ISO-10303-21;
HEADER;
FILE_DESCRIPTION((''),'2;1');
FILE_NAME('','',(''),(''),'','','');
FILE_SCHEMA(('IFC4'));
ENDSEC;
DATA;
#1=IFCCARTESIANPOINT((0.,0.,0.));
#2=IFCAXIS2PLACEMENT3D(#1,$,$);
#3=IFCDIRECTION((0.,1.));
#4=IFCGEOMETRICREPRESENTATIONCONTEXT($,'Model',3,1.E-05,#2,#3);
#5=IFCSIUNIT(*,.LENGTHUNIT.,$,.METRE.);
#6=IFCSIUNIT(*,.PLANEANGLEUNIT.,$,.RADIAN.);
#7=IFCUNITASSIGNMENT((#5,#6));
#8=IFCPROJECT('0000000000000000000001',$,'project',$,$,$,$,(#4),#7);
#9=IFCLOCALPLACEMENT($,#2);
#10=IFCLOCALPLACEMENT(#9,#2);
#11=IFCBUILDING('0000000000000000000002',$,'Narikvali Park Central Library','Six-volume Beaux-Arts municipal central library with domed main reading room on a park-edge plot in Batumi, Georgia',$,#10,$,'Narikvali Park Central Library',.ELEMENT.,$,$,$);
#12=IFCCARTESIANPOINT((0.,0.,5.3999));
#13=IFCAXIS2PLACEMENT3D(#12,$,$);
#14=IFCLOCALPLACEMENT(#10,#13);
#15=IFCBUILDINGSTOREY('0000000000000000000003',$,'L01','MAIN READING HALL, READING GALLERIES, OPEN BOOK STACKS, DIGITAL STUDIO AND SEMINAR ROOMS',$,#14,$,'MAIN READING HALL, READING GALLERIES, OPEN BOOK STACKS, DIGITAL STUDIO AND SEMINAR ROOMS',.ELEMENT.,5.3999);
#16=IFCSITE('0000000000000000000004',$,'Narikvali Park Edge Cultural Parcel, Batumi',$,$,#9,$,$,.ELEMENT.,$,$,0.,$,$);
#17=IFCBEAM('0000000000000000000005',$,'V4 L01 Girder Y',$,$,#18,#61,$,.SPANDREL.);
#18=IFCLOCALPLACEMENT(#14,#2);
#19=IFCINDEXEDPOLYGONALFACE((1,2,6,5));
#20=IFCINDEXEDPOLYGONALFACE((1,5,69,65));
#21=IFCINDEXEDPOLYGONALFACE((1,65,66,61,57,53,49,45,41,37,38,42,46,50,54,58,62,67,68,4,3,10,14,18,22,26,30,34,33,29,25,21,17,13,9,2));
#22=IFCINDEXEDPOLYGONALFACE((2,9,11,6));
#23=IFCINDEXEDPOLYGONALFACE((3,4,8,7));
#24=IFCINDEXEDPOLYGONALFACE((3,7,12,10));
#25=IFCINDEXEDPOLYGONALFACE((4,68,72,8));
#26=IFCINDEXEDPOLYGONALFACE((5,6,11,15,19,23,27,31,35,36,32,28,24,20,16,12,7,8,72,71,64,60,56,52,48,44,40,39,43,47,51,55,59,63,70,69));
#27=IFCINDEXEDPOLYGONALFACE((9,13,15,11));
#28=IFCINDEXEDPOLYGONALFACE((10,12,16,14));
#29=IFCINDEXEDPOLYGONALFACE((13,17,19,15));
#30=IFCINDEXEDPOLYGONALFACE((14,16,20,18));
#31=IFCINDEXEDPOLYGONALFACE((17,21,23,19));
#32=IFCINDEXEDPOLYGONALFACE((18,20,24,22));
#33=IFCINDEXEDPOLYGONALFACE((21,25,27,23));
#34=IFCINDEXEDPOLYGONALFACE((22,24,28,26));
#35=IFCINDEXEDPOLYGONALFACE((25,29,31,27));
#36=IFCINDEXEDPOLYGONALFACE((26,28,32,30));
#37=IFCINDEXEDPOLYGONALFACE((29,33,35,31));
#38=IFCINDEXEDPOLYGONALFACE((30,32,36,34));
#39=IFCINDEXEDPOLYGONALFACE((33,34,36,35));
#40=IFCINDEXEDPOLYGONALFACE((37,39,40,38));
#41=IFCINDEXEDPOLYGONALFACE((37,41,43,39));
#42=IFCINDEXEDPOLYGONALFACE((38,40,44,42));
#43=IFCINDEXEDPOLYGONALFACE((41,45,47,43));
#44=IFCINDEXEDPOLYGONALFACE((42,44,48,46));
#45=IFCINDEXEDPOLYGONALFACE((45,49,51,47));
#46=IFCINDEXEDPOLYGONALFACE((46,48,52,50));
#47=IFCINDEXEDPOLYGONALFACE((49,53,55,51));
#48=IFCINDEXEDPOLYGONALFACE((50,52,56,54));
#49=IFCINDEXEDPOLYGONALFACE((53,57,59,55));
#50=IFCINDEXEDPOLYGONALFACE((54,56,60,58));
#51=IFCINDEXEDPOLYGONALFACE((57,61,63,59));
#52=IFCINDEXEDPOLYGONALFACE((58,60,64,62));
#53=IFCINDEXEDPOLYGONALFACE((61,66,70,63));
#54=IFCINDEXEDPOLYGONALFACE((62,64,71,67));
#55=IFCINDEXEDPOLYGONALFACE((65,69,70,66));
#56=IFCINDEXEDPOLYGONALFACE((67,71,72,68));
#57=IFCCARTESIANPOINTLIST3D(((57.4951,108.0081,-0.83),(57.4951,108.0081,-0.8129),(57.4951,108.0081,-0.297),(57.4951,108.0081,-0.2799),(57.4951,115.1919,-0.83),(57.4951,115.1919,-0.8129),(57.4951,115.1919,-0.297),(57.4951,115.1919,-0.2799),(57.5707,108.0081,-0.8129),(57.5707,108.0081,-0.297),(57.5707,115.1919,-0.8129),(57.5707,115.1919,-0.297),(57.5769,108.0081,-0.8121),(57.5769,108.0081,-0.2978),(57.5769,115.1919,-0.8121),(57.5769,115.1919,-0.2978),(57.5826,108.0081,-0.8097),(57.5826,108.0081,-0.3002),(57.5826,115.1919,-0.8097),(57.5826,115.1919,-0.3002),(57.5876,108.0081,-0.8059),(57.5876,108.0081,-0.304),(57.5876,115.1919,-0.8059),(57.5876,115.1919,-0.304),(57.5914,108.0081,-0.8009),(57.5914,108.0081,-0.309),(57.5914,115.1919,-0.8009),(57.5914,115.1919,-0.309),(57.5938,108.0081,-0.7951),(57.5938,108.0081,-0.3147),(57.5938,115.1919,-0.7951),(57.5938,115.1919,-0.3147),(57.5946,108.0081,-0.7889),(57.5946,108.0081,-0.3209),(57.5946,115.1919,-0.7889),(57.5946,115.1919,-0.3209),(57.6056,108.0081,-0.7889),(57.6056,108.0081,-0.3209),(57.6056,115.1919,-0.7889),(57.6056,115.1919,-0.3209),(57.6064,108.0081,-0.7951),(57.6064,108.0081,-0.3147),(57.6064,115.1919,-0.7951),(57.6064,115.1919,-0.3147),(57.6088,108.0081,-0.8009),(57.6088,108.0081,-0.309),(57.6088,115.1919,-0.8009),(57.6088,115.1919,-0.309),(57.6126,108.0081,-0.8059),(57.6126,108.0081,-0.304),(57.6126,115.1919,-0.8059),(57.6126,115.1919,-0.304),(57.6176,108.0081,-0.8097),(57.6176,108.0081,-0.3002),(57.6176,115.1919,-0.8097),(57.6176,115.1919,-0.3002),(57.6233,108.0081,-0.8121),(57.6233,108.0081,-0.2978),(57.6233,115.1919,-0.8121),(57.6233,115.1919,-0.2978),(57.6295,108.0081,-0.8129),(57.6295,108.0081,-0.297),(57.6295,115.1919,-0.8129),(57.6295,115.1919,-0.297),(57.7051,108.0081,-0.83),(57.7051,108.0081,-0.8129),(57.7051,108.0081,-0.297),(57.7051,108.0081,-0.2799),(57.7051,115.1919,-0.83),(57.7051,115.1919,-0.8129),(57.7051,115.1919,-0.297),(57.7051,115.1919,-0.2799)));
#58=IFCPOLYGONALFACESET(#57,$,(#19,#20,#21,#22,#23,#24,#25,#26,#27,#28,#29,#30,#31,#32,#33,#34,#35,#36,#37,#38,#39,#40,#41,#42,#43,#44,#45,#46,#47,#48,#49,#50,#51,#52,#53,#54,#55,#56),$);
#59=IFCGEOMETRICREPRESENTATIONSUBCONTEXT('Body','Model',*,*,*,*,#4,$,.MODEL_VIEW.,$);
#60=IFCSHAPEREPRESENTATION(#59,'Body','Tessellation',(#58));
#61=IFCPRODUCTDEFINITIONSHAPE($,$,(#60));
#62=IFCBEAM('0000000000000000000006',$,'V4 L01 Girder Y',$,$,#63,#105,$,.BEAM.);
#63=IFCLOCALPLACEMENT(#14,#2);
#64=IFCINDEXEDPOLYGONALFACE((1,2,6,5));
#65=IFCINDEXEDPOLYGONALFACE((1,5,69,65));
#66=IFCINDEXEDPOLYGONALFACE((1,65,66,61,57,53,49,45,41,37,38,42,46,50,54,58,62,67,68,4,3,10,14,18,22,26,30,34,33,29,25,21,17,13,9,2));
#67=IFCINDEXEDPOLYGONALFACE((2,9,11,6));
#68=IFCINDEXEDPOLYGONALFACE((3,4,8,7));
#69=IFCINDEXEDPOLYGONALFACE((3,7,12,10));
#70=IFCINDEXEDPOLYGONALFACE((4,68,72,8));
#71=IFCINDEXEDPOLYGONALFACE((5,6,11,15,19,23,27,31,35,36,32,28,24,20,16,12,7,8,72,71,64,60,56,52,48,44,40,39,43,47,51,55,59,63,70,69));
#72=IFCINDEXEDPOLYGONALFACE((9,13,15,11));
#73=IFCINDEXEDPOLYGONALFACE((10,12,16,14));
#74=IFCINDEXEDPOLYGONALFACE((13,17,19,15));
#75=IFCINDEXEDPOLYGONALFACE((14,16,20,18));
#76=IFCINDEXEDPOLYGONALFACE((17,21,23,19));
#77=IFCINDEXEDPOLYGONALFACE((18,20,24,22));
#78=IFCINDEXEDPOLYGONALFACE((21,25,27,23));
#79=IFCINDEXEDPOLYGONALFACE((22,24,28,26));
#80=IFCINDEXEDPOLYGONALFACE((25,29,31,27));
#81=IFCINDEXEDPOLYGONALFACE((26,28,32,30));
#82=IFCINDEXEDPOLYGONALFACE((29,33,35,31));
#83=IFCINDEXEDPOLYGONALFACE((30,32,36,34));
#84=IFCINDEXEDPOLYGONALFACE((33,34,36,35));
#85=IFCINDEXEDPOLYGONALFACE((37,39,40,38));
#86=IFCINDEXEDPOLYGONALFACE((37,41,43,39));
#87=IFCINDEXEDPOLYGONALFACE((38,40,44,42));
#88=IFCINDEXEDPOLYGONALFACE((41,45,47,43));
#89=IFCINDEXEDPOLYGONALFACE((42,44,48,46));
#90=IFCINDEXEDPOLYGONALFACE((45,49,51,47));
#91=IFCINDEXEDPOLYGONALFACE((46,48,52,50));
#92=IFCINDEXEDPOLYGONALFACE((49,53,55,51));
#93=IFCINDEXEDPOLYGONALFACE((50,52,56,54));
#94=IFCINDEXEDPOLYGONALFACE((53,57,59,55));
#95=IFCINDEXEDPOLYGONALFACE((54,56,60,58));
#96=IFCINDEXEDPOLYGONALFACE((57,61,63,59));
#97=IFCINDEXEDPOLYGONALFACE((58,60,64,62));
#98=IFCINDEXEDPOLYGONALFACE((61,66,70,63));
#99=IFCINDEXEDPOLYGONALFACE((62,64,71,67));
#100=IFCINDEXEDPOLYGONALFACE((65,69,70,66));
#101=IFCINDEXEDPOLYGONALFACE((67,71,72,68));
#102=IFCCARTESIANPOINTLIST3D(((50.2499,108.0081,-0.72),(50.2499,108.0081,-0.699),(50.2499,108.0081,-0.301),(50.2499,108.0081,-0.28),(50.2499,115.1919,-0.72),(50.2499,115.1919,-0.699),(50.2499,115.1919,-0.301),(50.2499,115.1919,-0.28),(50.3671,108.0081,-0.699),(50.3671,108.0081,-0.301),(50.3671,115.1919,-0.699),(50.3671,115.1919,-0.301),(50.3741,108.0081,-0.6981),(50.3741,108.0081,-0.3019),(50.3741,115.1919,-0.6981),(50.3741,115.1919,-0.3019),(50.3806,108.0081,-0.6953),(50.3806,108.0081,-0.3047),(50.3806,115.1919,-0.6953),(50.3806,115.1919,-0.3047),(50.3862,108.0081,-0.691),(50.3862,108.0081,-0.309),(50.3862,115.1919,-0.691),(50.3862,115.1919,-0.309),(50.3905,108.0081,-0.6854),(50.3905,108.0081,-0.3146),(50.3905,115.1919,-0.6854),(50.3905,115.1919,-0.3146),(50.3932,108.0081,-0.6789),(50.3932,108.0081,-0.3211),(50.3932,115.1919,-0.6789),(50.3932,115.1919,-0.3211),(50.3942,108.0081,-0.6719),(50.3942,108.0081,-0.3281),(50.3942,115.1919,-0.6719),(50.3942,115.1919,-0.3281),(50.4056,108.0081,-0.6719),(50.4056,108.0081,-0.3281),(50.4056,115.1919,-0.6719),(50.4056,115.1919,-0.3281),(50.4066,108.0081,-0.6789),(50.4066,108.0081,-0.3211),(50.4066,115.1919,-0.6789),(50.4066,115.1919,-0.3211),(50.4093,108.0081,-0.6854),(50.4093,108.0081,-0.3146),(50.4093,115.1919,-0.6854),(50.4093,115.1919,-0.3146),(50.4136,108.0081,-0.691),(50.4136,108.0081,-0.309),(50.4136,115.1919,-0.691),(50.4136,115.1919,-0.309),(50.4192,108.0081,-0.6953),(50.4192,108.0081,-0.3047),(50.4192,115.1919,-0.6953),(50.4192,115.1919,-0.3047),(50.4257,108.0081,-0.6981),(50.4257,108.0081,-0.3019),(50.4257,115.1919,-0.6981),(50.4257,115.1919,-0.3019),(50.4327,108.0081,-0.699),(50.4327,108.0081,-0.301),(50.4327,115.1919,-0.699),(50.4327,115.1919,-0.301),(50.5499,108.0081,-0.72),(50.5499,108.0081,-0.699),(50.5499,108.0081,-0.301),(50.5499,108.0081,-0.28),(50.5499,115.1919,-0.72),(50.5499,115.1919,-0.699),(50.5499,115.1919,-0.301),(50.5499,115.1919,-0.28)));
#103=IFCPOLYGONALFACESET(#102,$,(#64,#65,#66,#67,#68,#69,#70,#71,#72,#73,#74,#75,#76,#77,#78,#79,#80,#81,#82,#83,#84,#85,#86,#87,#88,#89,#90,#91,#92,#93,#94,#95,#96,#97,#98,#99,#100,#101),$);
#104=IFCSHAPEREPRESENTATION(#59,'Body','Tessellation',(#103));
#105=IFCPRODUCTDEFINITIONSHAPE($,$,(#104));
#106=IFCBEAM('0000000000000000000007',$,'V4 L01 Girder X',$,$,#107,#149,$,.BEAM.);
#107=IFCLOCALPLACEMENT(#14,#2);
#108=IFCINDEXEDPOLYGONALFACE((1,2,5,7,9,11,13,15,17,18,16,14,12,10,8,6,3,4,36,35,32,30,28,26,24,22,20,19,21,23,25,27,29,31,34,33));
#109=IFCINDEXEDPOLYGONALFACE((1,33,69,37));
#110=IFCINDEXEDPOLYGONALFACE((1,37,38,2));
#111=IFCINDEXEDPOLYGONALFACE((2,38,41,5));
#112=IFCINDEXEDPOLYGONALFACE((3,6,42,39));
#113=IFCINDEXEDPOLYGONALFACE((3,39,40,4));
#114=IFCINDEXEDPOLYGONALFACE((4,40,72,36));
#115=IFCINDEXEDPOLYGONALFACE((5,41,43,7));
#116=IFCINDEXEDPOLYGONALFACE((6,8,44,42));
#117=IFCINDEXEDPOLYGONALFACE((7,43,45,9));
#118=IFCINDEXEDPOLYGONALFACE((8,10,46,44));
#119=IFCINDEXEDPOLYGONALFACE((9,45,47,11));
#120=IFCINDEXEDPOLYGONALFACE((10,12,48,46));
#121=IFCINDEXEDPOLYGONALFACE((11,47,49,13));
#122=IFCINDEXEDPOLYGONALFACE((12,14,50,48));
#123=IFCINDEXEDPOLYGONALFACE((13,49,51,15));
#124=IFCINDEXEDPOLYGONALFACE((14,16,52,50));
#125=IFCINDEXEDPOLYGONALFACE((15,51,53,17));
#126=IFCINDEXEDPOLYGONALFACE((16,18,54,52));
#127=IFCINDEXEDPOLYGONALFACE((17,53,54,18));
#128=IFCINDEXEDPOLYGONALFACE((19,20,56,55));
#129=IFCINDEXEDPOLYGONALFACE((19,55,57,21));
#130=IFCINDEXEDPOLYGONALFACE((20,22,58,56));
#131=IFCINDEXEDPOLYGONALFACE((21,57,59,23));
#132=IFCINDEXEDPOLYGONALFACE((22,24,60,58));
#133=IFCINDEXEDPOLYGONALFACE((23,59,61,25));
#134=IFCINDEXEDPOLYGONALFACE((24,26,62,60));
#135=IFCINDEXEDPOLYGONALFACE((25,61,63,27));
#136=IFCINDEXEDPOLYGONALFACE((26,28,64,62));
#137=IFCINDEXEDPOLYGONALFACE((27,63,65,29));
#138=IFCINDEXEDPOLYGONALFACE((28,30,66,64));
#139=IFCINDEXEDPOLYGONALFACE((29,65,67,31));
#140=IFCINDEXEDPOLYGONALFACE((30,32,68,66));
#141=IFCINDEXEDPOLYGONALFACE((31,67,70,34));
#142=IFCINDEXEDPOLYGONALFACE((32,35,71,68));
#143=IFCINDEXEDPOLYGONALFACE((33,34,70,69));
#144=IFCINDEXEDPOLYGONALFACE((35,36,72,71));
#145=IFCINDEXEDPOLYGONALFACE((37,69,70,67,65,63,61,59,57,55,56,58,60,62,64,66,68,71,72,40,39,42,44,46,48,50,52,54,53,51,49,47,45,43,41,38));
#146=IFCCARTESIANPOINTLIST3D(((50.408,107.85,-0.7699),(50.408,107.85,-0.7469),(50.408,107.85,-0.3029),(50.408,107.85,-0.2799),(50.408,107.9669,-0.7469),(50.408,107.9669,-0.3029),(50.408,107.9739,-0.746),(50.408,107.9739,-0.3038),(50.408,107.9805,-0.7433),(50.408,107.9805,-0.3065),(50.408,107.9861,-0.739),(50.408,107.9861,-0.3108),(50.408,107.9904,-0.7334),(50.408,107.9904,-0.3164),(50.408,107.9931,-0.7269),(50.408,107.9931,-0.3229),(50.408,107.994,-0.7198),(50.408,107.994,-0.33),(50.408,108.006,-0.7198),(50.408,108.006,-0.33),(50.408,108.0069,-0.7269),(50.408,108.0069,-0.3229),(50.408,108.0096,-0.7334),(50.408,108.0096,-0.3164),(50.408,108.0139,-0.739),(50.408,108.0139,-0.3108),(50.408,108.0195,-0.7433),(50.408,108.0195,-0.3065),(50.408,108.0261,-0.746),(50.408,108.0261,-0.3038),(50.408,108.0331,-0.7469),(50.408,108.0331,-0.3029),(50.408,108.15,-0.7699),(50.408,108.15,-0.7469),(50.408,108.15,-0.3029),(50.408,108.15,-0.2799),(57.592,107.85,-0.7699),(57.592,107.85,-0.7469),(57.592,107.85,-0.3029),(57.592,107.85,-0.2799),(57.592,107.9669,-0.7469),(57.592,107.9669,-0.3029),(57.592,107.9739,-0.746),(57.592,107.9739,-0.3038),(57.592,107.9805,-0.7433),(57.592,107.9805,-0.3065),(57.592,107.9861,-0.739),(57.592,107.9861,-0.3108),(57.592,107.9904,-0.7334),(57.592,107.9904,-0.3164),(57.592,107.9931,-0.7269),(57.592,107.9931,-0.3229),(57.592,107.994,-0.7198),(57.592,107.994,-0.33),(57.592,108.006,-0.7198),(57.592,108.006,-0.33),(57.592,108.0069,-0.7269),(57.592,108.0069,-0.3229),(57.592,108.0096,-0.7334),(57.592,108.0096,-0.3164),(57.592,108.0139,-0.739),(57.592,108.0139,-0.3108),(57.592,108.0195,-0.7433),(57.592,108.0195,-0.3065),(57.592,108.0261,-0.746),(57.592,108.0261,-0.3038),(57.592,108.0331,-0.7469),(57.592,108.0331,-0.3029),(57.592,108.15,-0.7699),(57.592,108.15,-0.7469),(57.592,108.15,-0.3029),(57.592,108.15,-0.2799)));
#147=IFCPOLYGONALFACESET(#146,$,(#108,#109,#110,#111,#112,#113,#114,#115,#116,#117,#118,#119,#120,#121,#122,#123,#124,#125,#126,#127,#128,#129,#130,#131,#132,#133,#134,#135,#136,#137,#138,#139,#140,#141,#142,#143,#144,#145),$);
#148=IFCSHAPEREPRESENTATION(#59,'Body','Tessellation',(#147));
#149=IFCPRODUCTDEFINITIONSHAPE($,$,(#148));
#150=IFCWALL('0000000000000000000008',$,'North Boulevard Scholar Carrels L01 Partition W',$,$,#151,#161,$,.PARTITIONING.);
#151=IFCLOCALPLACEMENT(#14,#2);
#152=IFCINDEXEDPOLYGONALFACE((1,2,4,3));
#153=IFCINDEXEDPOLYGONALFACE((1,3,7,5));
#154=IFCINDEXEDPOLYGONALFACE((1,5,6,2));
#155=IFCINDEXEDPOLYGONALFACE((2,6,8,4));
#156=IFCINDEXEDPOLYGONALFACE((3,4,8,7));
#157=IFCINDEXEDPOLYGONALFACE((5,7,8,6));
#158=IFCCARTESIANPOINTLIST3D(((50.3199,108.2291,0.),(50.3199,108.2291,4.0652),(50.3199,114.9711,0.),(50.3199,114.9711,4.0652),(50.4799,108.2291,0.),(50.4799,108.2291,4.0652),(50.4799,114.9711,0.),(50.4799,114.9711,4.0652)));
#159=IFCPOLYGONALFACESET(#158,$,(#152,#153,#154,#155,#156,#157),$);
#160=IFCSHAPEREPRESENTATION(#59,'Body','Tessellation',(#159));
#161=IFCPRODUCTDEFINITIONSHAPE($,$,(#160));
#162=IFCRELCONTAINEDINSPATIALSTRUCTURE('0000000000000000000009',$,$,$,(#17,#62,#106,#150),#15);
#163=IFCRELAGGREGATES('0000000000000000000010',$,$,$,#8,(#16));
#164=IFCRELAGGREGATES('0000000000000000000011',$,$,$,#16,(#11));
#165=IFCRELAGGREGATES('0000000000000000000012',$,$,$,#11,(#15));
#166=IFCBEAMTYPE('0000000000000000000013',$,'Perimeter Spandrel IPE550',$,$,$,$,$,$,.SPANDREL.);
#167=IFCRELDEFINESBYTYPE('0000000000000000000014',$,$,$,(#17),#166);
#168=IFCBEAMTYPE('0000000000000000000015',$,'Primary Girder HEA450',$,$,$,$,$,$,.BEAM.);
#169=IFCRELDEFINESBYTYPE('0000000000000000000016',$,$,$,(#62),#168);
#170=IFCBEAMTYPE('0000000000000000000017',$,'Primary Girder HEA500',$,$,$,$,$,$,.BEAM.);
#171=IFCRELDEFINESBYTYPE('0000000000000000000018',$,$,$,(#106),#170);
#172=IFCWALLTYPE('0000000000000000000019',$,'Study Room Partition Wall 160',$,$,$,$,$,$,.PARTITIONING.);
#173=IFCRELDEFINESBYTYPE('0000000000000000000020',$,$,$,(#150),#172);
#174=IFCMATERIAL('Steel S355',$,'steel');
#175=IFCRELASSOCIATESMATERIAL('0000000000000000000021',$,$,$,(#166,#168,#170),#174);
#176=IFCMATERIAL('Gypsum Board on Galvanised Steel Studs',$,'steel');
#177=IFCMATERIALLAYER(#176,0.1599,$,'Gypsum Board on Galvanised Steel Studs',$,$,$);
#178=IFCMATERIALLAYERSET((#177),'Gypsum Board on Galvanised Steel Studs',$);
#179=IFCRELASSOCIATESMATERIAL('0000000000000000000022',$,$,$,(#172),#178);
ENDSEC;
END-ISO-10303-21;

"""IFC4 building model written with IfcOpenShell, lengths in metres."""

from ifc_helpers import new_model, si_unit, direction, frame, frame_2d, origin, origin_2d, place, context, subcontext, project, spatial, rectangle, i_section, extrude, material, layer, layer_set, material_profile, profile_set, type_object, element, save


model = new_model("IFC4")

# Units and contexts
model_context = context("Model", 3, precision=1e-05, world=origin(), true_north=direction((0.0, 1.0)))
body_context = subcontext(model_context, "Body", "Model", "MODEL_VIEW")
ifc_project = project(units=[si_unit("LENGTHUNIT", "METRE"), si_unit("PLANEANGLEUNIT", "RADIAN")], contexts=[model_context])

# Site, building, storey
site_placement = place(None, origin())
site = spatial("IfcSite", under=ifc_project, at=site_placement, Name="Narikvali Park Edge Cultural Parcel, Batumi", CompositionType="ELEMENT", RefElevation=0.0)
building_placement = place(site_placement, origin())
building = spatial("IfcBuilding", under=site, at=building_placement, Name="Narikvali Park Central Library", Description="Six-volume Beaux-Arts municipal central library with domed main reading room on a park-edge plot in Batumi, Georgia", LongName="Narikvali Park Central Library", CompositionType="ELEMENT")
storey_placement = place(building_placement, frame((0.0, 0.0, 5.3999)))
storey = spatial("IfcBuildingStorey", under=building, at=storey_placement, Name="L01", Description="MAIN READING HALL, READING GALLERIES, OPEN BOOK STACKS, DIGITAL STUDIO AND SEMINAR ROOMS", LongName="MAIN READING HALL, READING GALLERIES, OPEN BOOK STACKS, DIGITAL STUDIO AND SEMINAR ROOMS", CompositionType="ELEMENT", Elevation=5.3999)

# Shared definitions
ifc_material_1 = material(Name="Steel S355", Category="steel")

# Beams
ifc_material_profile_1 = material_profile(ifc_material_1, i_section(OverallWidth=0.21, OverallDepth=0.55, WebThickness=0.011, FlangeThickness=0.0171, FilletRadius=0.0239, at=origin_2d()), Name="IPE 550")
ifc_profile_set_1 = profile_set([ifc_material_profile_1], Name="Steel S355")
beam_type_1 = type_object("IfcBeamType", Name="Perimeter Spandrel IPE550", PredefinedType="SPANDREL", material=ifc_profile_set_1)
beam_1_placement = place(storey_placement, frame((57.6001, 108.0081, -0.5549), z_axis=(0.0, 1.0, 0.0), x_axis=(-1.0, 0.0, 0.0)))
element("IfcBeam", 1, at=beam_1_placement, inside=storey, type_object=beam_type_1, Name="V4 L01 Girder Y", PredefinedType="SPANDREL", context=body_context, shape_type="SweptSolid", body=[
    extrude(i_section(OverallWidth=0.21, OverallDepth=0.55, WebThickness=0.011, FlangeThickness=0.0171, FilletRadius=0.0239, at=origin_2d()), origin(), (0.0, 0.0, 1.0), 7.1838),
])
ifc_material_profile_2 = material_profile(ifc_material_1, i_section(OverallWidth=0.3, OverallDepth=0.4399, WebThickness=0.0115, FlangeThickness=0.021, FilletRadius=0.0271, at=origin_2d()), Name="HEA 450")
ifc_profile_set_2 = profile_set([ifc_material_profile_2], Name="Steel S355")
beam_type_2 = type_object("IfcBeamType", Name="Primary Girder HEA450", PredefinedType="BEAM", material=ifc_profile_set_2)
beam_2_placement = place(storey_placement, frame((50.3999, 108.0081, -0.5), z_axis=(0.0, 1.0, 0.0), x_axis=(-1.0, 0.0, 0.0)))
element("IfcBeam", 2, at=beam_2_placement, inside=storey, type_object=beam_type_2, Name="V4 L01 Girder Y", PredefinedType="BEAM", context=body_context, shape_type="SweptSolid", body=[
    extrude(i_section(OverallWidth=0.3, OverallDepth=0.4399, WebThickness=0.0115, FlangeThickness=0.021, FilletRadius=0.0271, at=origin_2d()), origin(), (0.0, 0.0, 1.0), 7.1838),
])
ifc_material_profile_3 = material_profile(ifc_material_1, i_section(OverallWidth=0.3, OverallDepth=0.49, WebThickness=0.012, FlangeThickness=0.0229, FilletRadius=0.0271, at=origin_2d()), Name="HEA 500")
ifc_profile_set_3 = profile_set([ifc_material_profile_3], Name="Steel S355")
beam_type_3 = type_object("IfcBeamType", Name="Primary Girder HEA500", PredefinedType="BEAM", material=ifc_profile_set_3)
beam_3_placement = place(storey_placement, frame((50.408, 108.0, -0.5249), z_axis=(1.0, 0.0, 0.0), x_axis=(0.0, 1.0, 0.0)))
element("IfcBeam", 3, at=beam_3_placement, inside=storey, type_object=beam_type_3, Name="V4 L01 Girder X", PredefinedType="BEAM", context=body_context, shape_type="SweptSolid", body=[
    extrude(i_section(OverallWidth=0.3, OverallDepth=0.49, WebThickness=0.012, FlangeThickness=0.0229, FilletRadius=0.0271, at=origin_2d()), origin(), (0.0, 0.0, 1.0), 7.1841),
])

# Wall
ifc_material_2 = material(Name="Gypsum Board on Galvanised Steel Studs", Category="steel")
ifc_layer_1 = layer(ifc_material_2, 0.1599, Name="Gypsum Board on Galvanised Steel Studs")
ifc_layer_set_1 = layer_set([ifc_layer_1], Name="Gypsum Board on Galvanised Steel Studs")
wall_type_1 = type_object("IfcWallType", Name="Study Room Partition Wall 160", PredefinedType="PARTITIONING", material=ifc_layer_set_1)
wall_1_placement = place(storey_placement, frame((50.3999, 108.229, 0.0), z_axis=(0.0, 0.0, 1.0), x_axis=(0.0, 1.0, 0.0)))
element("IfcWall", 4, at=wall_1_placement, inside=storey, type_object=wall_type_1, Name="North Boulevard Scholar Carrels L01 Partition W", PredefinedType="PARTITIONING", context=body_context, shape_type="SweptSolid", body=[
    extrude(rectangle(XDim=6.7419, YDim=0.1599, at=frame_2d((3.3711, 0.0))), origin(), (0.0, 0.0, 1.0), 4.0652),
])

save(model, "model.ifc")
